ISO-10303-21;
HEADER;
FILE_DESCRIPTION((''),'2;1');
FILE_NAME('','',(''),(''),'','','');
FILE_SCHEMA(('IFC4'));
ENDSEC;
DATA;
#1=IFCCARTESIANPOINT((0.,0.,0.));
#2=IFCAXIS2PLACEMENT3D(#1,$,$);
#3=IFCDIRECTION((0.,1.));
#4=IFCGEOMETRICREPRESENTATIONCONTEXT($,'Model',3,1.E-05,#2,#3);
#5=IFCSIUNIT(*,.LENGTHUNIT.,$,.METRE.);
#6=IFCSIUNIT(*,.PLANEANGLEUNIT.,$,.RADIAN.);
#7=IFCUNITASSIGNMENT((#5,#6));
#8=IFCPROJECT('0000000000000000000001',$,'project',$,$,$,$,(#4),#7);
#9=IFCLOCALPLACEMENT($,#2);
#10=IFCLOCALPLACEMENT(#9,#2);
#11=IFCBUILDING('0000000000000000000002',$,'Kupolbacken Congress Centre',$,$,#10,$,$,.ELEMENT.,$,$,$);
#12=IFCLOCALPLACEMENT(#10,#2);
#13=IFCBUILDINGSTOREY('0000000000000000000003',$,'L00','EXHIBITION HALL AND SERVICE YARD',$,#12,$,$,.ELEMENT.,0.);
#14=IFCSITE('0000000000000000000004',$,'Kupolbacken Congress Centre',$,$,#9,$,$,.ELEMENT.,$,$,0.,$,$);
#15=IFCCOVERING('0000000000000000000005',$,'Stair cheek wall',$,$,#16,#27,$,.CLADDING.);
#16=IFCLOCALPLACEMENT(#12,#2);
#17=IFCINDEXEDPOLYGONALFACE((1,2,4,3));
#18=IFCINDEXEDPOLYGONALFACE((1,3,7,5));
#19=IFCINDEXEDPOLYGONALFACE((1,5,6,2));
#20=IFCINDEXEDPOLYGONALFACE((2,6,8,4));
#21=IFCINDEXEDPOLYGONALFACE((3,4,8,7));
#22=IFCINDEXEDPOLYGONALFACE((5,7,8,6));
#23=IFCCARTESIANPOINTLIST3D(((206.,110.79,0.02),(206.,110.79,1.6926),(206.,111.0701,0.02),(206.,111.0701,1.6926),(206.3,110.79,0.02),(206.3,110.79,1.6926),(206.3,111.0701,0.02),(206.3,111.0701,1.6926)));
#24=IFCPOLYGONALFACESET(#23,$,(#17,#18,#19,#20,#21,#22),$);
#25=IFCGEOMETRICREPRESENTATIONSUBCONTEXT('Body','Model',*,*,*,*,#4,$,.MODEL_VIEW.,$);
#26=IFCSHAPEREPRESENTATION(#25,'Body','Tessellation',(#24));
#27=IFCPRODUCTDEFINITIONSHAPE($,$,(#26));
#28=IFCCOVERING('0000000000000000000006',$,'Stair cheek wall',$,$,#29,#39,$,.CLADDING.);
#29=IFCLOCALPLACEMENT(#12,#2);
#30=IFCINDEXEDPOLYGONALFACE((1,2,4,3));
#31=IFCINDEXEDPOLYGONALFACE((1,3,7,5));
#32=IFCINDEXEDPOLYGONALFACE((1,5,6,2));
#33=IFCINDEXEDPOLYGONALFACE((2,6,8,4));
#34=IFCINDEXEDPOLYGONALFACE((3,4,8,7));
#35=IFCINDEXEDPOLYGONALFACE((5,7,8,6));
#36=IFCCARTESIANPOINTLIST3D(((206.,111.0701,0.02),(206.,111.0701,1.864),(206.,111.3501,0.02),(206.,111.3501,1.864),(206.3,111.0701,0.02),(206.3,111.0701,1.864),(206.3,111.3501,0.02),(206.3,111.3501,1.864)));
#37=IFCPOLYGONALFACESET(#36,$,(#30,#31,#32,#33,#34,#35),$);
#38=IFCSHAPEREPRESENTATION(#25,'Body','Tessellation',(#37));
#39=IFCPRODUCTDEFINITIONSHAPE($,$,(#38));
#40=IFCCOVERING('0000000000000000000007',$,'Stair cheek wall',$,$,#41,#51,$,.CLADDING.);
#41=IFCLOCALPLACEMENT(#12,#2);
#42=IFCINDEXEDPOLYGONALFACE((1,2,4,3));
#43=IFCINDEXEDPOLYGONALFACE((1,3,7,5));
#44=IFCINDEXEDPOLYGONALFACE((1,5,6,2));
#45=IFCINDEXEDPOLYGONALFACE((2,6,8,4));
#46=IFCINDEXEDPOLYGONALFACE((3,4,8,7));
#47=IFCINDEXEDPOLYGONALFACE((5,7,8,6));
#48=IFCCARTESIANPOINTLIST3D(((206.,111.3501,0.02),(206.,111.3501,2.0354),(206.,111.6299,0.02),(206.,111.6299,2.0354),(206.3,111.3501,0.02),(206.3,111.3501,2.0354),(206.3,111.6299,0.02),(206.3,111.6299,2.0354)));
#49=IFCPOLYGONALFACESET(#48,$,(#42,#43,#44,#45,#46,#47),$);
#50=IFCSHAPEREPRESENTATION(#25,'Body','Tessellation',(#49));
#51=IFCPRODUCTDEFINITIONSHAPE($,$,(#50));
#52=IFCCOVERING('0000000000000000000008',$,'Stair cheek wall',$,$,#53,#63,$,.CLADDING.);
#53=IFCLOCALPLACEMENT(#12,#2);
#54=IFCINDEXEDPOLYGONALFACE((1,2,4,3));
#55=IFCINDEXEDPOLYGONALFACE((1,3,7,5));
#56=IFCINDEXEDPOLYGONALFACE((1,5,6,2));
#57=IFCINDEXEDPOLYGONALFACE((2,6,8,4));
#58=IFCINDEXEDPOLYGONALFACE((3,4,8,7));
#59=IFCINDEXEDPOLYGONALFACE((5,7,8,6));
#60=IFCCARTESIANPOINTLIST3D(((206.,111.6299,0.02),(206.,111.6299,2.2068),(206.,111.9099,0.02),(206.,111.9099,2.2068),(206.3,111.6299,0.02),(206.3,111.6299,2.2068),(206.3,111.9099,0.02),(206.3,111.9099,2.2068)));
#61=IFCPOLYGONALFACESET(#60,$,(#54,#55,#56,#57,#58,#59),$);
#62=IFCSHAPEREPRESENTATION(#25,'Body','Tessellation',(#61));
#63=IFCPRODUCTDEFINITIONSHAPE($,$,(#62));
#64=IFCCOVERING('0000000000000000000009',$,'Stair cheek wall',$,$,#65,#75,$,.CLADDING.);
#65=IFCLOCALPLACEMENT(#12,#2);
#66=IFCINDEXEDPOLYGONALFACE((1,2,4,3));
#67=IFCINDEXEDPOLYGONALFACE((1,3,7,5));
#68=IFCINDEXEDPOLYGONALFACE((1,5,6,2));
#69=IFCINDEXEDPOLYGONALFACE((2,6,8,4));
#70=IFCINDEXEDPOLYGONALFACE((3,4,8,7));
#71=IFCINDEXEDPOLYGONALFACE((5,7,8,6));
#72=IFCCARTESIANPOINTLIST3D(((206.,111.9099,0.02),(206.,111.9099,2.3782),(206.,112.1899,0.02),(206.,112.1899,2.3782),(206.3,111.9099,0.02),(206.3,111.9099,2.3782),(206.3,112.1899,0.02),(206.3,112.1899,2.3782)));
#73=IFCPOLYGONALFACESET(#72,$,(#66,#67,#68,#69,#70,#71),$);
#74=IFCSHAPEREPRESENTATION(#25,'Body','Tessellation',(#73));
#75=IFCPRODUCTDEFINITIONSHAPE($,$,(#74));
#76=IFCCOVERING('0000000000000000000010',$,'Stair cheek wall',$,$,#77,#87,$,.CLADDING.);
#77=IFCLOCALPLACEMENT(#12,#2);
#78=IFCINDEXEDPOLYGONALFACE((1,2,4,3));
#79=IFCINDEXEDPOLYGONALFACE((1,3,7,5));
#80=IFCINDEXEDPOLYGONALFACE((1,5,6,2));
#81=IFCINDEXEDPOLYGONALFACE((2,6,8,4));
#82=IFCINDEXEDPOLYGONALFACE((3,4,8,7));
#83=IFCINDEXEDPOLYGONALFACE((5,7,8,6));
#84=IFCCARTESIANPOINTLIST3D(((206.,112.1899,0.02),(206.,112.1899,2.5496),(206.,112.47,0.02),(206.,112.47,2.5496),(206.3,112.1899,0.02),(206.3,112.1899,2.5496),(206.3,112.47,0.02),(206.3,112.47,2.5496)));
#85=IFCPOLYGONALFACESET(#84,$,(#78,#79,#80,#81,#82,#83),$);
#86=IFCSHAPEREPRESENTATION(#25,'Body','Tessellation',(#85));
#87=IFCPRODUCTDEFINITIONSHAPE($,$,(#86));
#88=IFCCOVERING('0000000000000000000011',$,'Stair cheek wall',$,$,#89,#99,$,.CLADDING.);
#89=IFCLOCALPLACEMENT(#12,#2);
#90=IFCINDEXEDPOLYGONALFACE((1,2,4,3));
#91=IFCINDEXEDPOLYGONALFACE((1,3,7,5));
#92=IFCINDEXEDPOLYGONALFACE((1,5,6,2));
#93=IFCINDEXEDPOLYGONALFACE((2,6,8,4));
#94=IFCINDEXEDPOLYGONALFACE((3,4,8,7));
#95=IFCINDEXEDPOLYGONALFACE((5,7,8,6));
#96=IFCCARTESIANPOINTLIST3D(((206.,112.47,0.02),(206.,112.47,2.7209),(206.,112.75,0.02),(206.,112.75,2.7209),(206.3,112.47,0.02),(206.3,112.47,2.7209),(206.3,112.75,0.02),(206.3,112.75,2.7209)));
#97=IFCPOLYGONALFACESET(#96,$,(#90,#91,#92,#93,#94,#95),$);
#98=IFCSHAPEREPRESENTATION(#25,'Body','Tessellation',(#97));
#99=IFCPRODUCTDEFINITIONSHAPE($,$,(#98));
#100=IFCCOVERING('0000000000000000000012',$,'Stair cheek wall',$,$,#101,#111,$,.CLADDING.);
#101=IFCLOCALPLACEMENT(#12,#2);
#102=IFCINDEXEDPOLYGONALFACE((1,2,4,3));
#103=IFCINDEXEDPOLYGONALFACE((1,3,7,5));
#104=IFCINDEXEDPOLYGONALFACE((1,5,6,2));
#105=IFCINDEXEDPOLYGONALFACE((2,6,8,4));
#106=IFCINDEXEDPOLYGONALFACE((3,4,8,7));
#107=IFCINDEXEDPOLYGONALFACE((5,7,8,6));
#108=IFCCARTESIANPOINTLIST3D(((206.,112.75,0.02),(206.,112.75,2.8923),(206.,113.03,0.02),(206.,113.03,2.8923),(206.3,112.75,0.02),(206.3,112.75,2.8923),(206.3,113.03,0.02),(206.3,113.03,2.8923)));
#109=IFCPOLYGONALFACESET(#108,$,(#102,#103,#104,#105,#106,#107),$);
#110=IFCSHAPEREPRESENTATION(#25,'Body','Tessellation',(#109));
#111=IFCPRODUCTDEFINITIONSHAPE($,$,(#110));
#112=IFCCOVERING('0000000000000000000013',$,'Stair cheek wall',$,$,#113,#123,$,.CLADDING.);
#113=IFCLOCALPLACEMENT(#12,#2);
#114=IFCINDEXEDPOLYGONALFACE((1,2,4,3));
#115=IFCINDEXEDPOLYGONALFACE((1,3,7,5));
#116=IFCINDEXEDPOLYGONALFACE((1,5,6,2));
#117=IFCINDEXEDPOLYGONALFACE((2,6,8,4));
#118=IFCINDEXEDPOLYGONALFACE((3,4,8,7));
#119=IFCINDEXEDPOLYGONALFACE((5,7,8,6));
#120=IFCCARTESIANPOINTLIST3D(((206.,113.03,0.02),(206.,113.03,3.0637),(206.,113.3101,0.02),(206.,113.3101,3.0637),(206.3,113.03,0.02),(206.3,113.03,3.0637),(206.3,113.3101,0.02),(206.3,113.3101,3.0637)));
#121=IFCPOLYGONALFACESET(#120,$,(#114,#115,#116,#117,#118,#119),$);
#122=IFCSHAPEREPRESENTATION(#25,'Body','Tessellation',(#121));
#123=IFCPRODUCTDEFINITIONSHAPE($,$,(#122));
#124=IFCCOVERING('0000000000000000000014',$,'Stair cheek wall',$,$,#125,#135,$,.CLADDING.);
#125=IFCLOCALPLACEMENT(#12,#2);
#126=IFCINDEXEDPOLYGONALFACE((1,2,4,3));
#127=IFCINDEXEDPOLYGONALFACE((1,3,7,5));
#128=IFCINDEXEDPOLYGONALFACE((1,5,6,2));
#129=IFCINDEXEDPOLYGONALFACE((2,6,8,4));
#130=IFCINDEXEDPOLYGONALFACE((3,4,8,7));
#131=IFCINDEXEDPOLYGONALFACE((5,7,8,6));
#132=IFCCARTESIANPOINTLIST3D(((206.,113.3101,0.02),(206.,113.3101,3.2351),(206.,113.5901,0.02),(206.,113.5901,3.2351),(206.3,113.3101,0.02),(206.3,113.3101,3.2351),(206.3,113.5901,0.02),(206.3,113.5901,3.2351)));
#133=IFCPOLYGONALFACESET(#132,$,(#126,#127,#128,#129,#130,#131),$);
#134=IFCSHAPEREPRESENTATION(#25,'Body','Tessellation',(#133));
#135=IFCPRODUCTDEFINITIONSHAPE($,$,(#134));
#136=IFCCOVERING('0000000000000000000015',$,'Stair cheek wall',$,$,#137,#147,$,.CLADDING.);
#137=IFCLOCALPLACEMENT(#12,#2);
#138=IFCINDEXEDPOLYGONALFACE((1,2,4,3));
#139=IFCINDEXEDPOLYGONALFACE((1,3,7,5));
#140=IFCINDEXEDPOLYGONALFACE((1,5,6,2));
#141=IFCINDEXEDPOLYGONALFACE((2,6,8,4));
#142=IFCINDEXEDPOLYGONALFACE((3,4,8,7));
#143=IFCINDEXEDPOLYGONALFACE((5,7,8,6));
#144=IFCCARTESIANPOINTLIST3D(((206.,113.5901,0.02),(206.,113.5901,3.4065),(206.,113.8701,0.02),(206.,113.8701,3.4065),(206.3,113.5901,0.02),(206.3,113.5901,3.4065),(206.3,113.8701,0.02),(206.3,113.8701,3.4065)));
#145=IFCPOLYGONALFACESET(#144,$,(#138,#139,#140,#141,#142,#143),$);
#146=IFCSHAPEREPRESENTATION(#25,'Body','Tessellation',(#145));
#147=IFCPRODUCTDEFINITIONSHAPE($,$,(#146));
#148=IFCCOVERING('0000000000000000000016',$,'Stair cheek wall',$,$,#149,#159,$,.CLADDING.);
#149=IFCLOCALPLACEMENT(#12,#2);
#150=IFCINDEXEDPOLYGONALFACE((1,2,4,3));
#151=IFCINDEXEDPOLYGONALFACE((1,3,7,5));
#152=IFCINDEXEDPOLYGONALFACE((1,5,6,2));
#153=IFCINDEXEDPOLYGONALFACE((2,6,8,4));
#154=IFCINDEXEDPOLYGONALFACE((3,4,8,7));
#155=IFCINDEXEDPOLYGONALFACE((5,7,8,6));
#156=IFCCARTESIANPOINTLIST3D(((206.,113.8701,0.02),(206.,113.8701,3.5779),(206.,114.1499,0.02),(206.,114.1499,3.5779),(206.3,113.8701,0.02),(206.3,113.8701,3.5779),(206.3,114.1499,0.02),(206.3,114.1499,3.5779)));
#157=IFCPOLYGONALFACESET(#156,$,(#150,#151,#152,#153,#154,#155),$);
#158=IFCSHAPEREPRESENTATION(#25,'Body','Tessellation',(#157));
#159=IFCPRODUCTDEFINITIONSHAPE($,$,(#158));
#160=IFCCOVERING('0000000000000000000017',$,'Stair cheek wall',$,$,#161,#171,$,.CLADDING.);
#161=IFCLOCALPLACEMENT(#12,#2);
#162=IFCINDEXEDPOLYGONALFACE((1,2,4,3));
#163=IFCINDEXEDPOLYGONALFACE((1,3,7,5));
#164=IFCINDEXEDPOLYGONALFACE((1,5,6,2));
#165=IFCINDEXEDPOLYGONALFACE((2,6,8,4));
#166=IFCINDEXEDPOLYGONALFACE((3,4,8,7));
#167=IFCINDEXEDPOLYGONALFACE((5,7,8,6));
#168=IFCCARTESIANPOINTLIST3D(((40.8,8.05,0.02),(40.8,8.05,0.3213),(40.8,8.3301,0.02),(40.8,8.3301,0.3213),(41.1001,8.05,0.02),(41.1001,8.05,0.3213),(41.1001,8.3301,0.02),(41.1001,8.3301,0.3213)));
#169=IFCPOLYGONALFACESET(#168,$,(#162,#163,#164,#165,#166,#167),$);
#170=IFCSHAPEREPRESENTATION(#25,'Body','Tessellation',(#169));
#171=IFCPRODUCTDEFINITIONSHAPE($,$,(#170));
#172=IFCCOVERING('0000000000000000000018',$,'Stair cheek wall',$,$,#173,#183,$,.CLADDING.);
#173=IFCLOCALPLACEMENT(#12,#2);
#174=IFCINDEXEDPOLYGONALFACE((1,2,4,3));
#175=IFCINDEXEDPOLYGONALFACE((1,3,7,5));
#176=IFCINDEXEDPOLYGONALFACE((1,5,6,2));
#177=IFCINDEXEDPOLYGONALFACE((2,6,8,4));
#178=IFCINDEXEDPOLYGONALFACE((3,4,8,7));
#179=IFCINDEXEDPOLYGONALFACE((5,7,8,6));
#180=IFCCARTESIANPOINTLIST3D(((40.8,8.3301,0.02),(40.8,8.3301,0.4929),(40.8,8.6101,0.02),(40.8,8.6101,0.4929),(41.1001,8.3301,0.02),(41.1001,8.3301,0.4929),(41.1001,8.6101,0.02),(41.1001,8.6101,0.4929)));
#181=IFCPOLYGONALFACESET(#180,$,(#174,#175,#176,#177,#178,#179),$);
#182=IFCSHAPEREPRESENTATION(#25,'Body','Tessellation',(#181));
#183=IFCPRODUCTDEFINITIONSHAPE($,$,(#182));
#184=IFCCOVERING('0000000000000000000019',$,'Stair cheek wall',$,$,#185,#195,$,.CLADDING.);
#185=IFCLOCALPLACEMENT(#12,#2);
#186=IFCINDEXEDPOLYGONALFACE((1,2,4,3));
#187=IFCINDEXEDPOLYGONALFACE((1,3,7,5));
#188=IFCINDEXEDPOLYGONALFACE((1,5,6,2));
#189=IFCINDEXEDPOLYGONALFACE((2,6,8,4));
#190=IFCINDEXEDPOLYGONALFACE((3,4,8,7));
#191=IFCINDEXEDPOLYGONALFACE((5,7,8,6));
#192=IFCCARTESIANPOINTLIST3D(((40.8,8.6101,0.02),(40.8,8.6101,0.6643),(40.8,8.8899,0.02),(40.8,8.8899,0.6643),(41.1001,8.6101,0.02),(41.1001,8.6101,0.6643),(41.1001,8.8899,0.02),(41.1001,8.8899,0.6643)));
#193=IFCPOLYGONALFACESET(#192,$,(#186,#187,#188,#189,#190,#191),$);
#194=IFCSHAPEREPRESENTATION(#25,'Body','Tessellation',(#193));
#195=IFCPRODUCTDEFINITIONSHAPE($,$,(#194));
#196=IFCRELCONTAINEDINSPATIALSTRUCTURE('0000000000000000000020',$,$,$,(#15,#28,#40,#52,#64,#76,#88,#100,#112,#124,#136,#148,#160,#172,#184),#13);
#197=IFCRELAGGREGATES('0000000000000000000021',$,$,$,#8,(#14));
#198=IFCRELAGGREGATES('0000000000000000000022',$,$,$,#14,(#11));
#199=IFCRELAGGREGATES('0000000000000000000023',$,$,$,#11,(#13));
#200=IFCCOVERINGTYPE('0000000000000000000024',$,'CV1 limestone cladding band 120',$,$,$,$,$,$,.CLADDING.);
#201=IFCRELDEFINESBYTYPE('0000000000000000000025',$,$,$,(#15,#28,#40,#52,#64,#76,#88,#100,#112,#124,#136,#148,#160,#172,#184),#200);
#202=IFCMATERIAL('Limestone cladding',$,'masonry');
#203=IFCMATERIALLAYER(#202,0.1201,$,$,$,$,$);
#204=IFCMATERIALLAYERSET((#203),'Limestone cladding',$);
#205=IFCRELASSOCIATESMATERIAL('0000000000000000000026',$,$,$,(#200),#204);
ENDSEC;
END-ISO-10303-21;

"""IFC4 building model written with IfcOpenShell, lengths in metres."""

from ifc_helpers import new_model, si_unit, direction, frame, origin, place, context, subcontext, project, spatial, polyline, outline, extrude, material, layer, layer_set, type_object, element, save


model = new_model("IFC4")

# Units and contexts
model_context = context("Model", 3, precision=1e-05, world=origin(), true_north=direction((0.0, 1.0)))
body_context = subcontext(model_context, "Body", "Model", "MODEL_VIEW")
ifc_project = project(units=[si_unit("LENGTHUNIT", "METRE"), si_unit("PLANEANGLEUNIT", "RADIAN")], contexts=[model_context])

# Site, building, storey
site_placement = place(None, origin())
site = spatial("IfcSite", under=ifc_project, at=site_placement, Name="Kupolbacken Congress Centre", CompositionType="ELEMENT", RefElevation=0.0)
building_placement = place(site_placement, origin())
building = spatial("IfcBuilding", under=site, at=building_placement, Name="Kupolbacken Congress Centre", CompositionType="ELEMENT")
storey_placement = place(building_placement, origin())
storey = spatial("IfcBuildingStorey", under=building, at=storey_placement, Name="L00", Description="EXHIBITION HALL AND SERVICE YARD", CompositionType="ELEMENT", Elevation=0.0)

# Coverings
ifc_material = material(Name="Limestone cladding", Category="masonry")
ifc_layer = layer(ifc_material, 0.1201)
ifc_layer_set = layer_set([ifc_layer], Name="Limestone cladding")
covering_type = type_object("IfcCoveringType", Name="CV1 limestone cladding band 120", PredefinedType="CLADDING", material=ifc_layer_set)
covering_1_placement = place(storey_placement, frame((0.0, 0.0, 0.02)))
element("IfcCovering", 1, at=covering_1_placement, inside=storey, type_object=covering_type, Name="Stair cheek wall", PredefinedType="CLADDING", context=body_context, shape_type="SweptSolid", body=[
    extrude(outline(polyline([(206.3, 110.79), (206.3, 111.0701), (206.0, 111.0701), (206.0, 110.79), (206.3, 110.79)])), origin(), (0.0, 0.0, 1.0), 1.6726),
])
covering_2_placement = place(storey_placement, frame((0.0, 0.0, 0.02)))
element("IfcCovering", 2, at=covering_2_placement, inside=storey, type_object=covering_type, Name="Stair cheek wall", PredefinedType="CLADDING", context=body_context, shape_type="SweptSolid", body=[
    extrude(outline(polyline([(206.3, 111.0701), (206.3, 111.3501), (206.0, 111.3501), (206.0, 111.0701), (206.3, 111.0701)])), origin(), (0.0, 0.0, 1.0), 1.844),
])
covering_3_placement = place(storey_placement, frame((0.0, 0.0, 0.02)))
element("IfcCovering", 3, at=covering_3_placement, inside=storey, type_object=covering_type, Name="Stair cheek wall", PredefinedType="CLADDING", context=body_context, shape_type="SweptSolid", body=[
    extrude(outline(polyline([(206.3, 111.3501), (206.3, 111.6299), (206.0, 111.6299), (206.0, 111.3501), (206.3, 111.3501)])), origin(), (0.0, 0.0, 1.0), 2.0154),
])
covering_4_placement = place(storey_placement, frame((0.0, 0.0, 0.02)))
element("IfcCovering", 4, at=covering_4_placement, inside=storey, type_object=covering_type, Name="Stair cheek wall", PredefinedType="CLADDING", context=body_context, shape_type="SweptSolid", body=[
    extrude(outline(polyline([(206.3, 111.6299), (206.3, 111.9099), (206.0, 111.9099), (206.0, 111.6299), (206.3, 111.6299)])), origin(), (0.0, 0.0, 1.0), 2.1868),
])
covering_5_placement = place(storey_placement, frame((0.0, 0.0, 0.02)))
element("IfcCovering", 5, at=covering_5_placement, inside=storey, type_object=covering_type, Name="Stair cheek wall", PredefinedType="CLADDING", context=body_context, shape_type="SweptSolid", body=[
    extrude(outline(polyline([(206.3, 111.9099), (206.3, 112.1899), (206.0, 112.1899), (206.0, 111.9099), (206.3, 111.9099)])), origin(), (0.0, 0.0, 1.0), 2.3582),
])
covering_6_placement = place(storey_placement, frame((0.0, 0.0, 0.02)))
element("IfcCovering", 6, at=covering_6_placement, inside=storey, type_object=covering_type, Name="Stair cheek wall", PredefinedType="CLADDING", context=body_context, shape_type="SweptSolid", body=[
    extrude(outline(polyline([(206.3, 112.1899), (206.3, 112.47), (206.0, 112.47), (206.0, 112.1899), (206.3, 112.1899)])), origin(), (0.0, 0.0, 1.0), 2.5295),
])
covering_7_placement = place(storey_placement, frame((0.0, 0.0, 0.02)))
element("IfcCovering", 7, at=covering_7_placement, inside=storey, type_object=covering_type, Name="Stair cheek wall", PredefinedType="CLADDING", context=body_context, shape_type="SweptSolid", body=[
    extrude(outline(polyline([(206.3, 112.47), (206.3, 112.75), (206.0, 112.75), (206.0, 112.47), (206.3, 112.47)])), origin(), (0.0, 0.0, 1.0), 2.7009),
])
covering_8_placement = place(storey_placement, frame((0.0, 0.0, 0.02)))
element("IfcCovering", 8, at=covering_8_placement, inside=storey, type_object=covering_type, Name="Stair cheek wall", PredefinedType="CLADDING", context=body_context, shape_type="SweptSolid", body=[
    extrude(outline(polyline([(206.3, 112.75), (206.3, 113.03), (206.0, 113.03), (206.0, 112.75), (206.3, 112.75)])), origin(), (0.0, 0.0, 1.0), 2.8723),
])
covering_9_placement = place(storey_placement, frame((0.0, 0.0, 0.02)))
element("IfcCovering", 9, at=covering_9_placement, inside=storey, type_object=covering_type, Name="Stair cheek wall", PredefinedType="CLADDING", context=body_context, shape_type="SweptSolid", body=[
    extrude(outline(polyline([(206.3, 113.03), (206.3, 113.3101), (206.0, 113.3101), (206.0, 113.03), (206.3, 113.03)])), origin(), (0.0, 0.0, 1.0), 3.0437),
])
covering_10_placement = place(storey_placement, frame((0.0, 0.0, 0.02)))
element("IfcCovering", 10, at=covering_10_placement, inside=storey, type_object=covering_type, Name="Stair cheek wall", PredefinedType="CLADDING", context=body_context, shape_type="SweptSolid", body=[
    extrude(outline(polyline([(206.3, 113.3101), (206.3, 113.5901), (206.0, 113.5901), (206.0, 113.3101), (206.3, 113.3101)])), origin(), (0.0, 0.0, 1.0), 3.2151),
])
covering_11_placement = place(storey_placement, frame((0.0, 0.0, 0.02)))
element("IfcCovering", 11, at=covering_11_placement, inside=storey, type_object=covering_type, Name="Stair cheek wall", PredefinedType="CLADDING", context=body_context, shape_type="SweptSolid", body=[
    extrude(outline(polyline([(206.3, 113.5901), (206.3, 113.8701), (206.0, 113.8701), (206.0, 113.5901), (206.3, 113.5901)])), origin(), (0.0, 0.0, 1.0), 3.3865),
])
covering_12_placement = place(storey_placement, frame((0.0, 0.0, 0.02)))
element("IfcCovering", 12, at=covering_12_placement, inside=storey, type_object=covering_type, Name="Stair cheek wall", PredefinedType="CLADDING", context=body_context, shape_type="SweptSolid", body=[
    extrude(outline(polyline([(206.3, 113.8701), (206.3, 114.1499), (206.0, 114.1499), (206.0, 113.8701), (206.3, 113.8701)])), origin(), (0.0, 0.0, 1.0), 3.5579),
])
covering_13_placement = place(storey_placement, frame((0.0, 0.0, 0.02)))
element("IfcCovering", 13, at=covering_13_placement, inside=storey, type_object=covering_type, Name="Stair cheek wall", PredefinedType="CLADDING", context=body_context, shape_type="SweptSolid", body=[
    extrude(outline(polyline([(40.8, 8.05), (40.8, 8.3301), (41.1001, 8.3301), (41.1001, 8.05), (40.8, 8.05)])), origin(), (0.0, 0.0, 1.0), 0.3013),
])
covering_14_placement = place(storey_placement, frame((0.0, 0.0, 0.02)))
element("IfcCovering", 14, at=covering_14_placement, inside=storey, type_object=covering_type, Name="Stair cheek wall", PredefinedType="CLADDING", context=body_context, shape_type="SweptSolid", body=[
    extrude(outline(polyline([(40.8, 8.3301), (40.8, 8.6101), (41.1001, 8.6101), (41.1001, 8.3301), (40.8, 8.3301)])), origin(), (0.0, 0.0, 1.0), 0.4729),
])
covering_15_placement = place(storey_placement, frame((0.0, 0.0, 0.02)))
element("IfcCovering", 15, at=covering_15_placement, inside=storey, type_object=covering_type, Name="Stair cheek wall", PredefinedType="CLADDING", context=body_context, shape_type="SweptSolid", body=[
    extrude(outline(polyline([(40.8, 8.6101), (40.8, 8.8899), (41.1001, 8.8899), (41.1001, 8.6101), (40.8, 8.6101)])), origin(), (0.0, 0.0, 1.0), 0.6443),
])

save(model, "model.ifc")
